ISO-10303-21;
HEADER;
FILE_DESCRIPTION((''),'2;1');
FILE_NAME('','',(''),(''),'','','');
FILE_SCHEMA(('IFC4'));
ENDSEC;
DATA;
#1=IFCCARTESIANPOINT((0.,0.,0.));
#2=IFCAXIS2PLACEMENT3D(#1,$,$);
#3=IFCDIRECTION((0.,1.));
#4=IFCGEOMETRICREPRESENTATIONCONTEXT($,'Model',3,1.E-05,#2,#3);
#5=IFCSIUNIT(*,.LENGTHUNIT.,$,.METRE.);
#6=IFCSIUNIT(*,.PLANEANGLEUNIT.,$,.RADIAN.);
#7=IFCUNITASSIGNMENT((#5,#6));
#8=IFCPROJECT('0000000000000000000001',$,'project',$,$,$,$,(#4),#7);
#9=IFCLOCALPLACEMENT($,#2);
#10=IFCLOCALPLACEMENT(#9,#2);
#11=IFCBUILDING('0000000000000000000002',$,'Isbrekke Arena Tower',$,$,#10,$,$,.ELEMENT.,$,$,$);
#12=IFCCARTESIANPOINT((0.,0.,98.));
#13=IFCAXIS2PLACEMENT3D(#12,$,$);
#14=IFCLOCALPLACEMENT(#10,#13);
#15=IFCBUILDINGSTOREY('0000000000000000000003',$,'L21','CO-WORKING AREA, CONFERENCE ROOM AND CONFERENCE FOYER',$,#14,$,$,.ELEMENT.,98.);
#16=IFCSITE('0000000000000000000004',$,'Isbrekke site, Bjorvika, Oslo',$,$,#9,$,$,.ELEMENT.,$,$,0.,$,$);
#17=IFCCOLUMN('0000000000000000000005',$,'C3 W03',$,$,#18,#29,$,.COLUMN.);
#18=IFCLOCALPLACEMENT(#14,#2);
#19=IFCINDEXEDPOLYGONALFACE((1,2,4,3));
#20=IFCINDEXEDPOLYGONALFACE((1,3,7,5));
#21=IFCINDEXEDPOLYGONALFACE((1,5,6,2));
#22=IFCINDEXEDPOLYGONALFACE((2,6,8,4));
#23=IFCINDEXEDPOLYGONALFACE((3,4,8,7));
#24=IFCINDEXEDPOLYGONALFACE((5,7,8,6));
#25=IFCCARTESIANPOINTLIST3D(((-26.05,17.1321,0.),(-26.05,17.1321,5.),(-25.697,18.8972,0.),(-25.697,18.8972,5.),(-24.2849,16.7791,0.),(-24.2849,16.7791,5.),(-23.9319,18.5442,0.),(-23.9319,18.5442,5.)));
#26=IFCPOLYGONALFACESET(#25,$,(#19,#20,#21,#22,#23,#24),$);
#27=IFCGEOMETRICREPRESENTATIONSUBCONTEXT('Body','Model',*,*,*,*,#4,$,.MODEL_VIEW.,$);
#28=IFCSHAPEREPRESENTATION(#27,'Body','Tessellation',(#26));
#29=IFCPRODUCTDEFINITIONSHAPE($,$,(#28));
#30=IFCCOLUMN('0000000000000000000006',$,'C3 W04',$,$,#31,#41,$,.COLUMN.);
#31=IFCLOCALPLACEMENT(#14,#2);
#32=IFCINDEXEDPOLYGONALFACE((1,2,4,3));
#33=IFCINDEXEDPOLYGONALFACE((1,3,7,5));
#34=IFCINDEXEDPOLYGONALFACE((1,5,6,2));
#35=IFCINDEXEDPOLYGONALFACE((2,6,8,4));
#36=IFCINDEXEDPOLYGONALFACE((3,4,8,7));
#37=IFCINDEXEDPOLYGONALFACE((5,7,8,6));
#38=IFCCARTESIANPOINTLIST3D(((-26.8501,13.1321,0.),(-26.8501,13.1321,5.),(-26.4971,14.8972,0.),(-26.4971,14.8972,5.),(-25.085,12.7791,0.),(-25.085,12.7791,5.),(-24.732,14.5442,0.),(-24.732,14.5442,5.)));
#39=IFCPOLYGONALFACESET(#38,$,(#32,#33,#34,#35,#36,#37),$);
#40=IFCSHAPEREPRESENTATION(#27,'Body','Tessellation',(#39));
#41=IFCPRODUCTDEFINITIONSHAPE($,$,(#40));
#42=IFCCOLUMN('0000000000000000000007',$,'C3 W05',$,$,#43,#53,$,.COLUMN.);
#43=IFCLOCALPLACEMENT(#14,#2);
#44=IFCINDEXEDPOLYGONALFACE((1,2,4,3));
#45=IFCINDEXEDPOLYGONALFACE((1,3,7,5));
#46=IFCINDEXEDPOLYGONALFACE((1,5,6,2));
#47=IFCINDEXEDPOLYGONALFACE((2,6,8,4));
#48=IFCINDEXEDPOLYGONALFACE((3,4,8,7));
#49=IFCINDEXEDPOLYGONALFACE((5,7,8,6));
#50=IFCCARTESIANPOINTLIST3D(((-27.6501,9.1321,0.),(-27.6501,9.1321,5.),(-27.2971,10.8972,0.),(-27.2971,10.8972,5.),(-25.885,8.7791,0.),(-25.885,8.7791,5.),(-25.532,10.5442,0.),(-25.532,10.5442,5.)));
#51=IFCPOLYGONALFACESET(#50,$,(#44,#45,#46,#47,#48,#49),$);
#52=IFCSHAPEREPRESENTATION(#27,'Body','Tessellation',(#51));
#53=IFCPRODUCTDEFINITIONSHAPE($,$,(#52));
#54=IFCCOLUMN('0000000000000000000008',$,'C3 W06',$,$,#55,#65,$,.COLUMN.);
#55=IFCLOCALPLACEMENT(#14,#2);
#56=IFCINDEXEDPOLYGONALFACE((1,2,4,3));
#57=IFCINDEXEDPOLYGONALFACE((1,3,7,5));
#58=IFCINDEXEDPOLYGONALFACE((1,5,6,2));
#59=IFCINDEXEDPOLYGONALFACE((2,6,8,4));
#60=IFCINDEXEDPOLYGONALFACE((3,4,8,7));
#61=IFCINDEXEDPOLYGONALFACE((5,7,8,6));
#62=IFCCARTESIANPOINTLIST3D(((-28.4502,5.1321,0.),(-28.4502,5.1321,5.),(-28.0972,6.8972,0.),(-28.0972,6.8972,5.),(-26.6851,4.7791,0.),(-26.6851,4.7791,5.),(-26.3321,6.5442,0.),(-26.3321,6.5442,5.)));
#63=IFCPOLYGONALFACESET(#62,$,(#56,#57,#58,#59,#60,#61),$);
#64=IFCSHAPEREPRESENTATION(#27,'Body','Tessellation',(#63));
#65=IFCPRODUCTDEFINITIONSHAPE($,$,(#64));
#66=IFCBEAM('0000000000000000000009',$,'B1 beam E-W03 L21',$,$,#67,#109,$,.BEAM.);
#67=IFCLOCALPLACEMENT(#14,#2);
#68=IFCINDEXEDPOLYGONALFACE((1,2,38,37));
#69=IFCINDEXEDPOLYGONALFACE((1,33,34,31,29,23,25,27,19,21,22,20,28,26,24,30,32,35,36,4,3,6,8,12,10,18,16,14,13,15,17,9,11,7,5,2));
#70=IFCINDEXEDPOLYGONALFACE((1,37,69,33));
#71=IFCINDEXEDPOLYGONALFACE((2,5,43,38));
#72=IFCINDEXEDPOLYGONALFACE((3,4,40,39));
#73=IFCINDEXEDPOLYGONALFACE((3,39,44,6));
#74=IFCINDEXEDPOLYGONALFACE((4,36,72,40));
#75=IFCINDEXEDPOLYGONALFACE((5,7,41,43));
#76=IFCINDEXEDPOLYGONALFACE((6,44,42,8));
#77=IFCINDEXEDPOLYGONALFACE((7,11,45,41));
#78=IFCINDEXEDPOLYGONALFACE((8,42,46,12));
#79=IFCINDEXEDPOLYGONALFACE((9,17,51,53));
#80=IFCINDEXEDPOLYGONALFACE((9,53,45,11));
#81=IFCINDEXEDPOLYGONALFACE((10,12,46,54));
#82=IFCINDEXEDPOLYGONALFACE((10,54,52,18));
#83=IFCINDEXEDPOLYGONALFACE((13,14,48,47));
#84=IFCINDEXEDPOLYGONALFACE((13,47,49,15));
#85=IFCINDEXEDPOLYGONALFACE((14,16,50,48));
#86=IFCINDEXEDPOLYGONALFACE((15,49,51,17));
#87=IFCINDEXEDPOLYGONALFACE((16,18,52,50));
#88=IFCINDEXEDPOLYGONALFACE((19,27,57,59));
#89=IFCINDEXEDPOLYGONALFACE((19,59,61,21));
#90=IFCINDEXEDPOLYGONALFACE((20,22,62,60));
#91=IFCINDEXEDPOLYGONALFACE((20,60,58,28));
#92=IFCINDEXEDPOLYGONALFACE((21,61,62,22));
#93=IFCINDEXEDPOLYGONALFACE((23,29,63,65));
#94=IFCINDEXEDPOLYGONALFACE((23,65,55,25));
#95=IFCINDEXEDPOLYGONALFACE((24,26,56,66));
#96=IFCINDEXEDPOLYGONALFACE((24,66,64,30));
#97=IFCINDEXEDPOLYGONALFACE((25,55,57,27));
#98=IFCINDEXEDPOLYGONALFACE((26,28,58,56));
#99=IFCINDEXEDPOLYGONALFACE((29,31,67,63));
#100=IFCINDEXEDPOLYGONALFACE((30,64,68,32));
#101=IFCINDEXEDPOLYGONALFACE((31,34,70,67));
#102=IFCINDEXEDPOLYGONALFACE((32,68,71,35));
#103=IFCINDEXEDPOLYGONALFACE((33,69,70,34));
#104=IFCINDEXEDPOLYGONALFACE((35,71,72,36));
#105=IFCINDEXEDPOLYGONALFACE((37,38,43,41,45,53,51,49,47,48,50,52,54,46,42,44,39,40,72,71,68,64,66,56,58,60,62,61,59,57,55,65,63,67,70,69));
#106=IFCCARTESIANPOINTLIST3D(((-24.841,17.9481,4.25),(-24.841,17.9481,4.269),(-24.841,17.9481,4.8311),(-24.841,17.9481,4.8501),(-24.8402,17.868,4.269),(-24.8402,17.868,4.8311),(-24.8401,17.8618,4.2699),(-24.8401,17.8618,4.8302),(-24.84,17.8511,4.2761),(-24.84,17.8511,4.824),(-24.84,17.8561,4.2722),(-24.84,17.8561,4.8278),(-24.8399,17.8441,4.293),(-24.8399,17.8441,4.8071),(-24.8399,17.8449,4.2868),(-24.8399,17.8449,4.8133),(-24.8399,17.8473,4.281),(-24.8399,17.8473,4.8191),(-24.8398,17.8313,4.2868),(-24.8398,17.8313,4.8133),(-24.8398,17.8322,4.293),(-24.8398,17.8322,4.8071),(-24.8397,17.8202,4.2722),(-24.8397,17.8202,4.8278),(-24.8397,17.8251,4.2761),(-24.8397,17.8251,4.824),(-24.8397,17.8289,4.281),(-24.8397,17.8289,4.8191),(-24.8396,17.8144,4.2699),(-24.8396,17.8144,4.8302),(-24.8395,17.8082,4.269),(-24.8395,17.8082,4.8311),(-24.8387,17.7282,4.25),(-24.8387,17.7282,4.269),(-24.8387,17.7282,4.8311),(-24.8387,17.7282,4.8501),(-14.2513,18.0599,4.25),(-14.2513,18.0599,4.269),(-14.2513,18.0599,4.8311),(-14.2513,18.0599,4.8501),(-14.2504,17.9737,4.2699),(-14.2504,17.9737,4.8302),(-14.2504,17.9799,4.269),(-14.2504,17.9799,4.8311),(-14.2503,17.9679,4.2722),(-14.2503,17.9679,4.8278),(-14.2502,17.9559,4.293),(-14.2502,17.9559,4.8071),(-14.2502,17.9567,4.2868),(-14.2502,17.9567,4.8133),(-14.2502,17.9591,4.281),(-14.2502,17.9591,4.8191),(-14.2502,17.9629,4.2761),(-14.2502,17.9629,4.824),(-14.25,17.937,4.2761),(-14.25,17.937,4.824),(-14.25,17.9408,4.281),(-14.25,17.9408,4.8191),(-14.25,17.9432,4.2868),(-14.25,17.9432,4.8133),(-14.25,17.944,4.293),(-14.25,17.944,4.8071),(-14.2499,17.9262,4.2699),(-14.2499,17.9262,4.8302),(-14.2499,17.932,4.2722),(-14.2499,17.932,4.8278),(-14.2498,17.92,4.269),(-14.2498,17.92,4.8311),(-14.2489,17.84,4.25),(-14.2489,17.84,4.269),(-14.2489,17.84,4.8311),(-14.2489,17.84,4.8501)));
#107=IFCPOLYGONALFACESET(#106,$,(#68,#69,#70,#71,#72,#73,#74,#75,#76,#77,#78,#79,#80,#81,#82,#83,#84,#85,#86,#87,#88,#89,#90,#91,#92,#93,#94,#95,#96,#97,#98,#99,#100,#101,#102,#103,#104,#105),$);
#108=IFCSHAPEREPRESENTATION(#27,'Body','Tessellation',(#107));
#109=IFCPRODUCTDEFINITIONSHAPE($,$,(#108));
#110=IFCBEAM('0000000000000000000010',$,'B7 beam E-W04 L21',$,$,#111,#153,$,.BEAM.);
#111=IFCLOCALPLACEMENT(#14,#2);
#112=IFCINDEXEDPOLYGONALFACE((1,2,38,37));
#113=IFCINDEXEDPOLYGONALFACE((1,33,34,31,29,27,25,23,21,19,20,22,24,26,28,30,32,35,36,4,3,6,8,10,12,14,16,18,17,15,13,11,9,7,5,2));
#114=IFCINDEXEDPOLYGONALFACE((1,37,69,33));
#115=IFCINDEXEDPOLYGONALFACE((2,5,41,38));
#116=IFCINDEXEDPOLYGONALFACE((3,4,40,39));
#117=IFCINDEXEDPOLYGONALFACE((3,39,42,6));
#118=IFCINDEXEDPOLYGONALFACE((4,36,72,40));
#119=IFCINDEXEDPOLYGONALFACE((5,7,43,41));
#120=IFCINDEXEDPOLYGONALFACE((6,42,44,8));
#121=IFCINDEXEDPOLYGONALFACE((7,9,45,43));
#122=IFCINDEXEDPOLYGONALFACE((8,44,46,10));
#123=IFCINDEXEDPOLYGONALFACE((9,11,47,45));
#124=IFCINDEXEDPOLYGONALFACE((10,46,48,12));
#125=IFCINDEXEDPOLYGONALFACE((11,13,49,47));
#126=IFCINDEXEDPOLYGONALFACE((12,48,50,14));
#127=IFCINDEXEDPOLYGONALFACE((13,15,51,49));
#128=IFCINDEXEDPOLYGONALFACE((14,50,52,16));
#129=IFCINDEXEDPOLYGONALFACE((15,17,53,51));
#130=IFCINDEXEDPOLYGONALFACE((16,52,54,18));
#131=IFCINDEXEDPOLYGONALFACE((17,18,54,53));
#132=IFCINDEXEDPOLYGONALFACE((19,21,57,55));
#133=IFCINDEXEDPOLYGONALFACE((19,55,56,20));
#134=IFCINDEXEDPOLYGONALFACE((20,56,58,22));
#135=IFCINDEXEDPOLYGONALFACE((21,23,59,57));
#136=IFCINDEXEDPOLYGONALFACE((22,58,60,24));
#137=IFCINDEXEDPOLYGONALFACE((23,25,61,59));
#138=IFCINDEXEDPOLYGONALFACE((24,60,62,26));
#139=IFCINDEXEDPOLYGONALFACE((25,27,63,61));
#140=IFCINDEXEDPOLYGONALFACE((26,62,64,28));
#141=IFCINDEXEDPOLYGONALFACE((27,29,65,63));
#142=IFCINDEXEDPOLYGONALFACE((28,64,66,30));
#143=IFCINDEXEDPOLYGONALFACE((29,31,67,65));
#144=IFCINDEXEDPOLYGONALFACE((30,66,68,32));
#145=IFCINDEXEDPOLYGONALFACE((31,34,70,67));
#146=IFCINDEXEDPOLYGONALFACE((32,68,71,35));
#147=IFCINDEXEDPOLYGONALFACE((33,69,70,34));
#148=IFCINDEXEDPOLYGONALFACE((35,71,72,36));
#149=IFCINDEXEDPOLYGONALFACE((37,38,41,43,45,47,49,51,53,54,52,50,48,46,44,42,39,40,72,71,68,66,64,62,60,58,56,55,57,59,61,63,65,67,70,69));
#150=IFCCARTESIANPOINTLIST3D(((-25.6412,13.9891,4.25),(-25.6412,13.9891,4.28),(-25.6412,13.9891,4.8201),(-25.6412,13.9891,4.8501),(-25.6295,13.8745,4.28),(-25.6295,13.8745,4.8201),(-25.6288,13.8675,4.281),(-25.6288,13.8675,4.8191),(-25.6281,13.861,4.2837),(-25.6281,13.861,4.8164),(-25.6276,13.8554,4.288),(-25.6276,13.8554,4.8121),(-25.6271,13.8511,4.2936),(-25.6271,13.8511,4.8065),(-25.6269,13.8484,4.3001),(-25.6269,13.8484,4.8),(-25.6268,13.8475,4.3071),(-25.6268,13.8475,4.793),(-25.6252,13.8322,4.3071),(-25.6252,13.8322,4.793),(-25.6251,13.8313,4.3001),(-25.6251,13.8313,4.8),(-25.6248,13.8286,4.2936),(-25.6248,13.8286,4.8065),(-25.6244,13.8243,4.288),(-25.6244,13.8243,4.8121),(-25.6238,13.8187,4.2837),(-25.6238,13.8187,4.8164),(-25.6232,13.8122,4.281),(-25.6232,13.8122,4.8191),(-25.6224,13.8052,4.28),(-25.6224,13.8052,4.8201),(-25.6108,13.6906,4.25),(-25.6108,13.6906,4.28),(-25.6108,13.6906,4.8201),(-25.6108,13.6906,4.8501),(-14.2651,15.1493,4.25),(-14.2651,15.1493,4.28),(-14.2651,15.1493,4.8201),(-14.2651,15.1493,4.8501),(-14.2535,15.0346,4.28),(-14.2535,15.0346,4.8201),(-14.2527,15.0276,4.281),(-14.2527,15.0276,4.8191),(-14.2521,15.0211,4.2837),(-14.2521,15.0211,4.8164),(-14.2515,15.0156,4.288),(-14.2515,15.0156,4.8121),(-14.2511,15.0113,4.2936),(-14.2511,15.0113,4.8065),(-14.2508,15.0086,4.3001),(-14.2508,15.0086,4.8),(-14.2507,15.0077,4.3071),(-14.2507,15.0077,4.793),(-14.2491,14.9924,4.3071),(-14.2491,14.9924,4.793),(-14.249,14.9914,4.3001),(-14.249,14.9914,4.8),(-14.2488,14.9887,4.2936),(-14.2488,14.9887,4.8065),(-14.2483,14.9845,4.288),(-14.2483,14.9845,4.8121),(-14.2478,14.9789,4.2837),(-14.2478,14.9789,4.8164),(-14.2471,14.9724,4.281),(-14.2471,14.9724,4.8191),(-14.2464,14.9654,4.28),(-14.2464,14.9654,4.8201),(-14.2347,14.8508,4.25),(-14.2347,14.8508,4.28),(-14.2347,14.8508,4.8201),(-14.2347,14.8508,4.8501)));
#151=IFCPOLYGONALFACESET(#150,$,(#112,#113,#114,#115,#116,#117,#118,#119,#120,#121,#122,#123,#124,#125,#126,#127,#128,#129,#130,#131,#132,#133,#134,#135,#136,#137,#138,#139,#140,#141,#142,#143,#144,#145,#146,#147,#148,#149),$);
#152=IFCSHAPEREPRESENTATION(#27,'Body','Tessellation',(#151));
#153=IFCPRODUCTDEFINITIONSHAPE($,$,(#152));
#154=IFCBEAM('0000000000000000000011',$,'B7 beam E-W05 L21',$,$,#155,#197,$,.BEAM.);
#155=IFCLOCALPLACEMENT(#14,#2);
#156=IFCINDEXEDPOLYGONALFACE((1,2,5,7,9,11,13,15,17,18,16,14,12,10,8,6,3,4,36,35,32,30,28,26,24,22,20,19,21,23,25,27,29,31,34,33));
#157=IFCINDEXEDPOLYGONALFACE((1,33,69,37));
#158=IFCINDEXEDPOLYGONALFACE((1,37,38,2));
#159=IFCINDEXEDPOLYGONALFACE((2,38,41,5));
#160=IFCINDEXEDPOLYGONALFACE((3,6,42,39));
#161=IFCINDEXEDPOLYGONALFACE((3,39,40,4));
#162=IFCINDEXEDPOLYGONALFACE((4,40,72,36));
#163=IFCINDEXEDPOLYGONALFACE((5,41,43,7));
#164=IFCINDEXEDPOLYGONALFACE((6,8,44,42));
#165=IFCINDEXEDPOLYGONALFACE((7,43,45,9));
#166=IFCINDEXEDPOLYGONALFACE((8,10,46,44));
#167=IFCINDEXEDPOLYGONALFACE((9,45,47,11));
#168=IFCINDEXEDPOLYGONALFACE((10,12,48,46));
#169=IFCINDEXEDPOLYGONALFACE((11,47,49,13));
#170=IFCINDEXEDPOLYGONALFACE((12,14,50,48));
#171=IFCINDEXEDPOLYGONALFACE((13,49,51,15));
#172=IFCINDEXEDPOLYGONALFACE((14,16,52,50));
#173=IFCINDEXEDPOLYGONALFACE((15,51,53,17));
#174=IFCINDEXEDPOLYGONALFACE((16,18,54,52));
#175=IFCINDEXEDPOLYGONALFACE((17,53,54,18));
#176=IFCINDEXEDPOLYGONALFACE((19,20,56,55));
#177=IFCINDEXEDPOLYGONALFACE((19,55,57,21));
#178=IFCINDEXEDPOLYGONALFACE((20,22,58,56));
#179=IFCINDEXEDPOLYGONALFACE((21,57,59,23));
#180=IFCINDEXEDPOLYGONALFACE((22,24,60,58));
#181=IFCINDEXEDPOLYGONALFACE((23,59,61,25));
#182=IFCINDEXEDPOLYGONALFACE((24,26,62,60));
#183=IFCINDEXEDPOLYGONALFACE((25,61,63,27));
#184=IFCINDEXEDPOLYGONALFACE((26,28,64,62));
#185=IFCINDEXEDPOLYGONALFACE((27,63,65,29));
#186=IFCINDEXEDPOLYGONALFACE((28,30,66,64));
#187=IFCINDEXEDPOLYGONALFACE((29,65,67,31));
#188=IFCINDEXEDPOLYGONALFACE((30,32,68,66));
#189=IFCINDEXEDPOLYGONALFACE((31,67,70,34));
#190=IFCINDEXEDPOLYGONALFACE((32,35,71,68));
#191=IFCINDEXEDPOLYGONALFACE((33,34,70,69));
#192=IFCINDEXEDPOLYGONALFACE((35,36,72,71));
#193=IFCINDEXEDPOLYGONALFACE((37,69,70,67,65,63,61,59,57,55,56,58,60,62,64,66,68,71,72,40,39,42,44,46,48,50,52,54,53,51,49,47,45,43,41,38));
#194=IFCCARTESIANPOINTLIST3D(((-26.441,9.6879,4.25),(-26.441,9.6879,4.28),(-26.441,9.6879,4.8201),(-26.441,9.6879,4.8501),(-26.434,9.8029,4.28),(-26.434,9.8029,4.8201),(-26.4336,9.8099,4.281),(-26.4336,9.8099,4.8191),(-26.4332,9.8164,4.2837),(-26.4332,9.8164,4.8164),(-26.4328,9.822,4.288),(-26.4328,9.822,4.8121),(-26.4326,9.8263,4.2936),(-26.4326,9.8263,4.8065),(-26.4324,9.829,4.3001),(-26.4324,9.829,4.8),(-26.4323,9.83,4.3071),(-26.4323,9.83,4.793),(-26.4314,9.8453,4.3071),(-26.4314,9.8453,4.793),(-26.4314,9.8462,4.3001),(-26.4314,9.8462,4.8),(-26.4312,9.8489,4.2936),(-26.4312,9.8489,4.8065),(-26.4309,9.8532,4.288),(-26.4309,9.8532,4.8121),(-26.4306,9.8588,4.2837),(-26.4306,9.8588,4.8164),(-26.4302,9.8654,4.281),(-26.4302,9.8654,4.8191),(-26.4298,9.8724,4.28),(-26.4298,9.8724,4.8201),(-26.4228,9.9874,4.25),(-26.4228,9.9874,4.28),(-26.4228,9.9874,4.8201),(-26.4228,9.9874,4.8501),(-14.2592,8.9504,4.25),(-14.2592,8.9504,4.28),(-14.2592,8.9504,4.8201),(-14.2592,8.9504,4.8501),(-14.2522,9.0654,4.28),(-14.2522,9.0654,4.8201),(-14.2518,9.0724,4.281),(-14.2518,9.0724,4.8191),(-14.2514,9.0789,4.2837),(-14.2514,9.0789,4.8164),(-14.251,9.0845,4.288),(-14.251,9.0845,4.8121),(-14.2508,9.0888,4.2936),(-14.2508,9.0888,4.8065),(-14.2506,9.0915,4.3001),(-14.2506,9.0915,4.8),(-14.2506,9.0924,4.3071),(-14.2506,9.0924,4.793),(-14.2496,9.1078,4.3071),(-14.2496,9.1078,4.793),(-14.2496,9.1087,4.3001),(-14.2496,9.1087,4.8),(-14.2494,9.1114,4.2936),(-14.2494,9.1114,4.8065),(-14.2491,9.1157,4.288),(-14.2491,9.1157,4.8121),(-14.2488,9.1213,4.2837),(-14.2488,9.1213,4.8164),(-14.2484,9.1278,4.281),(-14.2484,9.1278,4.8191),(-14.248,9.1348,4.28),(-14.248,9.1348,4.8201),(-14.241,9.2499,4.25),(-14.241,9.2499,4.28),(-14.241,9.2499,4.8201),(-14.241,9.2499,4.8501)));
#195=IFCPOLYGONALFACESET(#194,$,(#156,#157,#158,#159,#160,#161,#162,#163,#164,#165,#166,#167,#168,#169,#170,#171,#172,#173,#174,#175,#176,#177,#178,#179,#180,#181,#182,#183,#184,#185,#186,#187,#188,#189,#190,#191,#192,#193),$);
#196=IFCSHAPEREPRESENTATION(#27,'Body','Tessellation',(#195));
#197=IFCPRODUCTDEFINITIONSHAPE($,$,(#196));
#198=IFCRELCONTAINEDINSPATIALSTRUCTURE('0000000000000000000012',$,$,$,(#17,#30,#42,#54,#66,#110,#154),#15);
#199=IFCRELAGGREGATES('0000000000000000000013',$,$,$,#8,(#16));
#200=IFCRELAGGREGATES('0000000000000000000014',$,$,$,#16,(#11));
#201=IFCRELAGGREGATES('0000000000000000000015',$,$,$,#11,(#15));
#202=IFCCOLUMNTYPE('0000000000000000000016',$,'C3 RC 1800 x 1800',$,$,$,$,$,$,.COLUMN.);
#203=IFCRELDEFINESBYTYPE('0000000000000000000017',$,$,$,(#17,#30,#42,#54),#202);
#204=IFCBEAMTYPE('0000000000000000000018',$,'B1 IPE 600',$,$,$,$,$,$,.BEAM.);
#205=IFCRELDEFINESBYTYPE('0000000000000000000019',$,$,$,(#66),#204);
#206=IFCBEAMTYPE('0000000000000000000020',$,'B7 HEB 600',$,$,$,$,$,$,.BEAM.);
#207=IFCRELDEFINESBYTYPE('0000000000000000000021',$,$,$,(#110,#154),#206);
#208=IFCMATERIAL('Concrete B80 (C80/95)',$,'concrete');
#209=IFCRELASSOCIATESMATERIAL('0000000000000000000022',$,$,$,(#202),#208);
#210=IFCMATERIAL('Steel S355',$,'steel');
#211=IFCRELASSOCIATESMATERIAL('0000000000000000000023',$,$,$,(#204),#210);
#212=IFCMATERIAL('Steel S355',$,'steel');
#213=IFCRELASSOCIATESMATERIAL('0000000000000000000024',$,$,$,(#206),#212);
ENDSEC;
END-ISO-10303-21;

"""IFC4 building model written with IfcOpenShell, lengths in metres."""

from ifc_helpers import new_model, si_unit, direction, frame, origin, origin_2d, place, context, subcontext, project, spatial, rectangle, i_section, extrude, material, material_profile, profile_set, type_object, element, save


model = new_model("IFC4")

# Units and contexts
model_context = context("Model", 3, precision=1e-05, world=origin(), true_north=direction((0.0, 1.0)))
body_context = subcontext(model_context, "Body", "Model", "MODEL_VIEW")
ifc_project = project(units=[si_unit("LENGTHUNIT", "METRE"), si_unit("PLANEANGLEUNIT", "RADIAN")], contexts=[model_context])

# Site, building, storey
site_placement = place(None, origin())
site = spatial("IfcSite", under=ifc_project, at=site_placement, Name="Isbrekke site, Bjorvika, Oslo", CompositionType="ELEMENT", RefElevation=0.0)
building_placement = place(site_placement, origin())
building = spatial("IfcBuilding", under=site, at=building_placement, Name="Isbrekke Arena Tower", CompositionType="ELEMENT")
storey_placement = place(building_placement, frame((0.0, 0.0, 98.0)))
storey = spatial("IfcBuildingStorey", under=building, at=storey_placement, Name="L21", Description="CO-WORKING AREA, CONFERENCE ROOM AND CONFERENCE FOYER", CompositionType="ELEMENT", Elevation=98.0)

# Columns
ifc_material_1 = material(Name="Concrete B80 (C80/95)", Category="concrete")
ifc_material_profile_1 = material_profile(ifc_material_1, rectangle(XDim=1.8, YDim=1.8, at=origin_2d()), Name="RC 1800x1800")
ifc_profile_set_1 = profile_set([ifc_material_profile_1], Name="Concrete B80 (C80/95)")
column_type = type_object("IfcColumnType", Name="C3 RC 1800 x 1800", PredefinedType="COLUMN", material=ifc_profile_set_1)
for number, where, z_axis, x_axis, name in (
    (1, (-24.991, 17.8381, 0.0), (0.0, 0.0, 1.0), (-0.196116, -0.980581, 0.0), "C3 W03"),
    (2, (-25.791, 13.8381, 0.0), (0.0, 0.0, 1.0), (-0.196116, -0.980581, 0.0), "C3 W04"),
    (3, (-26.5911, 9.8381, 0.0), (0.0, 0.0, 1.0), (-0.196116, -0.980581, 0.0), "C3 W05"),
    (4, (-27.3911, 5.8381, 0.0), (0.0, 0.0, 1.0), (-0.196116, -0.980581, 0.0), "C3 W06"),
):
    element("IfcColumn", number, at=place(storey_placement, frame(where, z_axis=z_axis, x_axis=x_axis)), inside=storey, type_object=column_type, Name=name, PredefinedType="COLUMN", context=body_context, shape_type="SweptSolid", body=[
        extrude(rectangle(XDim=1.8, YDim=1.8, at=origin_2d()), origin(), (0.0, 0.0, 1.0), 5.0),
    ])

# Beams
ifc_material_2 = material(Name="Steel S355", Category="steel")
ifc_material_profile_2 = material_profile(ifc_material_2, i_section(OverallWidth=0.22, OverallDepth=0.6001, WebThickness=0.012, FlangeThickness=0.019, FilletRadius=0.0239, at=origin_2d()), Name="IPE 600")
ifc_profile_set_2 = profile_set([ifc_material_profile_2], Name="Steel S355")
beam_type_1 = type_object("IfcBeamType", Name="B1 IPE 600", PredefinedType="BEAM", material=ifc_profile_set_2)
beam_1_placement = place(storey_placement, frame((-24.8398, 17.8381, 4.55), z_axis=(0.999944, 0.010558, 0.0), x_axis=(-0.010558, 0.999944, 0.0)))
element("IfcBeam", 5, at=beam_1_placement, inside=storey, type_object=beam_type_1, Name="B1 beam E-W03 L21", PredefinedType="BEAM", context=body_context, shape_type="SweptSolid", body=[
    extrude(i_section(OverallWidth=0.22, OverallDepth=0.6001, WebThickness=0.012, FlangeThickness=0.019, FilletRadius=0.0239, at=origin_2d()), origin(), (0.0, 0.0, 1.0), 10.5903),
])
ifc_material_3 = material(Name="Steel S355", Category="steel")
ifc_material_profile_3 = material_profile(ifc_material_3, i_section(OverallWidth=0.3, OverallDepth=0.6001, WebThickness=0.0154, FlangeThickness=0.03, FilletRadius=0.0271, at=origin_2d()), Name="HEB 600")
ifc_profile_set_3 = profile_set([ifc_material_profile_3], Name="Steel S355")
beam_type_2 = type_object("IfcBeamType", Name="B7 HEB 600", PredefinedType="BEAM", material=ifc_profile_set_3)
beam_2_placement = place(storey_placement, frame((-25.626, 13.8398, 4.55), z_axis=(0.99484, 0.101457, 0.0), x_axis=(-0.101457, 0.99484, 0.0)))
element("IfcBeam", 6, at=beam_2_placement, inside=storey, type_object=beam_type_2, Name="B7 beam E-W04 L21", PredefinedType="BEAM", context=body_context, shape_type="SweptSolid", body=[
    extrude(i_section(OverallWidth=0.3, OverallDepth=0.6001, WebThickness=0.0154, FlangeThickness=0.03, FilletRadius=0.0271, at=origin_2d()), origin(), (0.0, 0.0, 1.0), 11.4351),
])
beam_3_placement = place(storey_placement, frame((-26.4319, 9.8376, 4.55), z_axis=(0.998172, -0.060434, 0.0), x_axis=(0.060434, 0.998172, 0.0)))
element("IfcBeam", 7, at=beam_3_placement, inside=storey, type_object=beam_type_2, Name="B7 beam E-W05 L21", PredefinedType="BEAM", context=body_context, shape_type="SweptSolid", body=[
    extrude(i_section(OverallWidth=0.3, OverallDepth=0.6001, WebThickness=0.0154, FlangeThickness=0.03, FilletRadius=0.0271, at=origin_2d()), origin(), (0.0, 0.0, 1.0), 12.2041),
])

save(model, "model.ifc")
